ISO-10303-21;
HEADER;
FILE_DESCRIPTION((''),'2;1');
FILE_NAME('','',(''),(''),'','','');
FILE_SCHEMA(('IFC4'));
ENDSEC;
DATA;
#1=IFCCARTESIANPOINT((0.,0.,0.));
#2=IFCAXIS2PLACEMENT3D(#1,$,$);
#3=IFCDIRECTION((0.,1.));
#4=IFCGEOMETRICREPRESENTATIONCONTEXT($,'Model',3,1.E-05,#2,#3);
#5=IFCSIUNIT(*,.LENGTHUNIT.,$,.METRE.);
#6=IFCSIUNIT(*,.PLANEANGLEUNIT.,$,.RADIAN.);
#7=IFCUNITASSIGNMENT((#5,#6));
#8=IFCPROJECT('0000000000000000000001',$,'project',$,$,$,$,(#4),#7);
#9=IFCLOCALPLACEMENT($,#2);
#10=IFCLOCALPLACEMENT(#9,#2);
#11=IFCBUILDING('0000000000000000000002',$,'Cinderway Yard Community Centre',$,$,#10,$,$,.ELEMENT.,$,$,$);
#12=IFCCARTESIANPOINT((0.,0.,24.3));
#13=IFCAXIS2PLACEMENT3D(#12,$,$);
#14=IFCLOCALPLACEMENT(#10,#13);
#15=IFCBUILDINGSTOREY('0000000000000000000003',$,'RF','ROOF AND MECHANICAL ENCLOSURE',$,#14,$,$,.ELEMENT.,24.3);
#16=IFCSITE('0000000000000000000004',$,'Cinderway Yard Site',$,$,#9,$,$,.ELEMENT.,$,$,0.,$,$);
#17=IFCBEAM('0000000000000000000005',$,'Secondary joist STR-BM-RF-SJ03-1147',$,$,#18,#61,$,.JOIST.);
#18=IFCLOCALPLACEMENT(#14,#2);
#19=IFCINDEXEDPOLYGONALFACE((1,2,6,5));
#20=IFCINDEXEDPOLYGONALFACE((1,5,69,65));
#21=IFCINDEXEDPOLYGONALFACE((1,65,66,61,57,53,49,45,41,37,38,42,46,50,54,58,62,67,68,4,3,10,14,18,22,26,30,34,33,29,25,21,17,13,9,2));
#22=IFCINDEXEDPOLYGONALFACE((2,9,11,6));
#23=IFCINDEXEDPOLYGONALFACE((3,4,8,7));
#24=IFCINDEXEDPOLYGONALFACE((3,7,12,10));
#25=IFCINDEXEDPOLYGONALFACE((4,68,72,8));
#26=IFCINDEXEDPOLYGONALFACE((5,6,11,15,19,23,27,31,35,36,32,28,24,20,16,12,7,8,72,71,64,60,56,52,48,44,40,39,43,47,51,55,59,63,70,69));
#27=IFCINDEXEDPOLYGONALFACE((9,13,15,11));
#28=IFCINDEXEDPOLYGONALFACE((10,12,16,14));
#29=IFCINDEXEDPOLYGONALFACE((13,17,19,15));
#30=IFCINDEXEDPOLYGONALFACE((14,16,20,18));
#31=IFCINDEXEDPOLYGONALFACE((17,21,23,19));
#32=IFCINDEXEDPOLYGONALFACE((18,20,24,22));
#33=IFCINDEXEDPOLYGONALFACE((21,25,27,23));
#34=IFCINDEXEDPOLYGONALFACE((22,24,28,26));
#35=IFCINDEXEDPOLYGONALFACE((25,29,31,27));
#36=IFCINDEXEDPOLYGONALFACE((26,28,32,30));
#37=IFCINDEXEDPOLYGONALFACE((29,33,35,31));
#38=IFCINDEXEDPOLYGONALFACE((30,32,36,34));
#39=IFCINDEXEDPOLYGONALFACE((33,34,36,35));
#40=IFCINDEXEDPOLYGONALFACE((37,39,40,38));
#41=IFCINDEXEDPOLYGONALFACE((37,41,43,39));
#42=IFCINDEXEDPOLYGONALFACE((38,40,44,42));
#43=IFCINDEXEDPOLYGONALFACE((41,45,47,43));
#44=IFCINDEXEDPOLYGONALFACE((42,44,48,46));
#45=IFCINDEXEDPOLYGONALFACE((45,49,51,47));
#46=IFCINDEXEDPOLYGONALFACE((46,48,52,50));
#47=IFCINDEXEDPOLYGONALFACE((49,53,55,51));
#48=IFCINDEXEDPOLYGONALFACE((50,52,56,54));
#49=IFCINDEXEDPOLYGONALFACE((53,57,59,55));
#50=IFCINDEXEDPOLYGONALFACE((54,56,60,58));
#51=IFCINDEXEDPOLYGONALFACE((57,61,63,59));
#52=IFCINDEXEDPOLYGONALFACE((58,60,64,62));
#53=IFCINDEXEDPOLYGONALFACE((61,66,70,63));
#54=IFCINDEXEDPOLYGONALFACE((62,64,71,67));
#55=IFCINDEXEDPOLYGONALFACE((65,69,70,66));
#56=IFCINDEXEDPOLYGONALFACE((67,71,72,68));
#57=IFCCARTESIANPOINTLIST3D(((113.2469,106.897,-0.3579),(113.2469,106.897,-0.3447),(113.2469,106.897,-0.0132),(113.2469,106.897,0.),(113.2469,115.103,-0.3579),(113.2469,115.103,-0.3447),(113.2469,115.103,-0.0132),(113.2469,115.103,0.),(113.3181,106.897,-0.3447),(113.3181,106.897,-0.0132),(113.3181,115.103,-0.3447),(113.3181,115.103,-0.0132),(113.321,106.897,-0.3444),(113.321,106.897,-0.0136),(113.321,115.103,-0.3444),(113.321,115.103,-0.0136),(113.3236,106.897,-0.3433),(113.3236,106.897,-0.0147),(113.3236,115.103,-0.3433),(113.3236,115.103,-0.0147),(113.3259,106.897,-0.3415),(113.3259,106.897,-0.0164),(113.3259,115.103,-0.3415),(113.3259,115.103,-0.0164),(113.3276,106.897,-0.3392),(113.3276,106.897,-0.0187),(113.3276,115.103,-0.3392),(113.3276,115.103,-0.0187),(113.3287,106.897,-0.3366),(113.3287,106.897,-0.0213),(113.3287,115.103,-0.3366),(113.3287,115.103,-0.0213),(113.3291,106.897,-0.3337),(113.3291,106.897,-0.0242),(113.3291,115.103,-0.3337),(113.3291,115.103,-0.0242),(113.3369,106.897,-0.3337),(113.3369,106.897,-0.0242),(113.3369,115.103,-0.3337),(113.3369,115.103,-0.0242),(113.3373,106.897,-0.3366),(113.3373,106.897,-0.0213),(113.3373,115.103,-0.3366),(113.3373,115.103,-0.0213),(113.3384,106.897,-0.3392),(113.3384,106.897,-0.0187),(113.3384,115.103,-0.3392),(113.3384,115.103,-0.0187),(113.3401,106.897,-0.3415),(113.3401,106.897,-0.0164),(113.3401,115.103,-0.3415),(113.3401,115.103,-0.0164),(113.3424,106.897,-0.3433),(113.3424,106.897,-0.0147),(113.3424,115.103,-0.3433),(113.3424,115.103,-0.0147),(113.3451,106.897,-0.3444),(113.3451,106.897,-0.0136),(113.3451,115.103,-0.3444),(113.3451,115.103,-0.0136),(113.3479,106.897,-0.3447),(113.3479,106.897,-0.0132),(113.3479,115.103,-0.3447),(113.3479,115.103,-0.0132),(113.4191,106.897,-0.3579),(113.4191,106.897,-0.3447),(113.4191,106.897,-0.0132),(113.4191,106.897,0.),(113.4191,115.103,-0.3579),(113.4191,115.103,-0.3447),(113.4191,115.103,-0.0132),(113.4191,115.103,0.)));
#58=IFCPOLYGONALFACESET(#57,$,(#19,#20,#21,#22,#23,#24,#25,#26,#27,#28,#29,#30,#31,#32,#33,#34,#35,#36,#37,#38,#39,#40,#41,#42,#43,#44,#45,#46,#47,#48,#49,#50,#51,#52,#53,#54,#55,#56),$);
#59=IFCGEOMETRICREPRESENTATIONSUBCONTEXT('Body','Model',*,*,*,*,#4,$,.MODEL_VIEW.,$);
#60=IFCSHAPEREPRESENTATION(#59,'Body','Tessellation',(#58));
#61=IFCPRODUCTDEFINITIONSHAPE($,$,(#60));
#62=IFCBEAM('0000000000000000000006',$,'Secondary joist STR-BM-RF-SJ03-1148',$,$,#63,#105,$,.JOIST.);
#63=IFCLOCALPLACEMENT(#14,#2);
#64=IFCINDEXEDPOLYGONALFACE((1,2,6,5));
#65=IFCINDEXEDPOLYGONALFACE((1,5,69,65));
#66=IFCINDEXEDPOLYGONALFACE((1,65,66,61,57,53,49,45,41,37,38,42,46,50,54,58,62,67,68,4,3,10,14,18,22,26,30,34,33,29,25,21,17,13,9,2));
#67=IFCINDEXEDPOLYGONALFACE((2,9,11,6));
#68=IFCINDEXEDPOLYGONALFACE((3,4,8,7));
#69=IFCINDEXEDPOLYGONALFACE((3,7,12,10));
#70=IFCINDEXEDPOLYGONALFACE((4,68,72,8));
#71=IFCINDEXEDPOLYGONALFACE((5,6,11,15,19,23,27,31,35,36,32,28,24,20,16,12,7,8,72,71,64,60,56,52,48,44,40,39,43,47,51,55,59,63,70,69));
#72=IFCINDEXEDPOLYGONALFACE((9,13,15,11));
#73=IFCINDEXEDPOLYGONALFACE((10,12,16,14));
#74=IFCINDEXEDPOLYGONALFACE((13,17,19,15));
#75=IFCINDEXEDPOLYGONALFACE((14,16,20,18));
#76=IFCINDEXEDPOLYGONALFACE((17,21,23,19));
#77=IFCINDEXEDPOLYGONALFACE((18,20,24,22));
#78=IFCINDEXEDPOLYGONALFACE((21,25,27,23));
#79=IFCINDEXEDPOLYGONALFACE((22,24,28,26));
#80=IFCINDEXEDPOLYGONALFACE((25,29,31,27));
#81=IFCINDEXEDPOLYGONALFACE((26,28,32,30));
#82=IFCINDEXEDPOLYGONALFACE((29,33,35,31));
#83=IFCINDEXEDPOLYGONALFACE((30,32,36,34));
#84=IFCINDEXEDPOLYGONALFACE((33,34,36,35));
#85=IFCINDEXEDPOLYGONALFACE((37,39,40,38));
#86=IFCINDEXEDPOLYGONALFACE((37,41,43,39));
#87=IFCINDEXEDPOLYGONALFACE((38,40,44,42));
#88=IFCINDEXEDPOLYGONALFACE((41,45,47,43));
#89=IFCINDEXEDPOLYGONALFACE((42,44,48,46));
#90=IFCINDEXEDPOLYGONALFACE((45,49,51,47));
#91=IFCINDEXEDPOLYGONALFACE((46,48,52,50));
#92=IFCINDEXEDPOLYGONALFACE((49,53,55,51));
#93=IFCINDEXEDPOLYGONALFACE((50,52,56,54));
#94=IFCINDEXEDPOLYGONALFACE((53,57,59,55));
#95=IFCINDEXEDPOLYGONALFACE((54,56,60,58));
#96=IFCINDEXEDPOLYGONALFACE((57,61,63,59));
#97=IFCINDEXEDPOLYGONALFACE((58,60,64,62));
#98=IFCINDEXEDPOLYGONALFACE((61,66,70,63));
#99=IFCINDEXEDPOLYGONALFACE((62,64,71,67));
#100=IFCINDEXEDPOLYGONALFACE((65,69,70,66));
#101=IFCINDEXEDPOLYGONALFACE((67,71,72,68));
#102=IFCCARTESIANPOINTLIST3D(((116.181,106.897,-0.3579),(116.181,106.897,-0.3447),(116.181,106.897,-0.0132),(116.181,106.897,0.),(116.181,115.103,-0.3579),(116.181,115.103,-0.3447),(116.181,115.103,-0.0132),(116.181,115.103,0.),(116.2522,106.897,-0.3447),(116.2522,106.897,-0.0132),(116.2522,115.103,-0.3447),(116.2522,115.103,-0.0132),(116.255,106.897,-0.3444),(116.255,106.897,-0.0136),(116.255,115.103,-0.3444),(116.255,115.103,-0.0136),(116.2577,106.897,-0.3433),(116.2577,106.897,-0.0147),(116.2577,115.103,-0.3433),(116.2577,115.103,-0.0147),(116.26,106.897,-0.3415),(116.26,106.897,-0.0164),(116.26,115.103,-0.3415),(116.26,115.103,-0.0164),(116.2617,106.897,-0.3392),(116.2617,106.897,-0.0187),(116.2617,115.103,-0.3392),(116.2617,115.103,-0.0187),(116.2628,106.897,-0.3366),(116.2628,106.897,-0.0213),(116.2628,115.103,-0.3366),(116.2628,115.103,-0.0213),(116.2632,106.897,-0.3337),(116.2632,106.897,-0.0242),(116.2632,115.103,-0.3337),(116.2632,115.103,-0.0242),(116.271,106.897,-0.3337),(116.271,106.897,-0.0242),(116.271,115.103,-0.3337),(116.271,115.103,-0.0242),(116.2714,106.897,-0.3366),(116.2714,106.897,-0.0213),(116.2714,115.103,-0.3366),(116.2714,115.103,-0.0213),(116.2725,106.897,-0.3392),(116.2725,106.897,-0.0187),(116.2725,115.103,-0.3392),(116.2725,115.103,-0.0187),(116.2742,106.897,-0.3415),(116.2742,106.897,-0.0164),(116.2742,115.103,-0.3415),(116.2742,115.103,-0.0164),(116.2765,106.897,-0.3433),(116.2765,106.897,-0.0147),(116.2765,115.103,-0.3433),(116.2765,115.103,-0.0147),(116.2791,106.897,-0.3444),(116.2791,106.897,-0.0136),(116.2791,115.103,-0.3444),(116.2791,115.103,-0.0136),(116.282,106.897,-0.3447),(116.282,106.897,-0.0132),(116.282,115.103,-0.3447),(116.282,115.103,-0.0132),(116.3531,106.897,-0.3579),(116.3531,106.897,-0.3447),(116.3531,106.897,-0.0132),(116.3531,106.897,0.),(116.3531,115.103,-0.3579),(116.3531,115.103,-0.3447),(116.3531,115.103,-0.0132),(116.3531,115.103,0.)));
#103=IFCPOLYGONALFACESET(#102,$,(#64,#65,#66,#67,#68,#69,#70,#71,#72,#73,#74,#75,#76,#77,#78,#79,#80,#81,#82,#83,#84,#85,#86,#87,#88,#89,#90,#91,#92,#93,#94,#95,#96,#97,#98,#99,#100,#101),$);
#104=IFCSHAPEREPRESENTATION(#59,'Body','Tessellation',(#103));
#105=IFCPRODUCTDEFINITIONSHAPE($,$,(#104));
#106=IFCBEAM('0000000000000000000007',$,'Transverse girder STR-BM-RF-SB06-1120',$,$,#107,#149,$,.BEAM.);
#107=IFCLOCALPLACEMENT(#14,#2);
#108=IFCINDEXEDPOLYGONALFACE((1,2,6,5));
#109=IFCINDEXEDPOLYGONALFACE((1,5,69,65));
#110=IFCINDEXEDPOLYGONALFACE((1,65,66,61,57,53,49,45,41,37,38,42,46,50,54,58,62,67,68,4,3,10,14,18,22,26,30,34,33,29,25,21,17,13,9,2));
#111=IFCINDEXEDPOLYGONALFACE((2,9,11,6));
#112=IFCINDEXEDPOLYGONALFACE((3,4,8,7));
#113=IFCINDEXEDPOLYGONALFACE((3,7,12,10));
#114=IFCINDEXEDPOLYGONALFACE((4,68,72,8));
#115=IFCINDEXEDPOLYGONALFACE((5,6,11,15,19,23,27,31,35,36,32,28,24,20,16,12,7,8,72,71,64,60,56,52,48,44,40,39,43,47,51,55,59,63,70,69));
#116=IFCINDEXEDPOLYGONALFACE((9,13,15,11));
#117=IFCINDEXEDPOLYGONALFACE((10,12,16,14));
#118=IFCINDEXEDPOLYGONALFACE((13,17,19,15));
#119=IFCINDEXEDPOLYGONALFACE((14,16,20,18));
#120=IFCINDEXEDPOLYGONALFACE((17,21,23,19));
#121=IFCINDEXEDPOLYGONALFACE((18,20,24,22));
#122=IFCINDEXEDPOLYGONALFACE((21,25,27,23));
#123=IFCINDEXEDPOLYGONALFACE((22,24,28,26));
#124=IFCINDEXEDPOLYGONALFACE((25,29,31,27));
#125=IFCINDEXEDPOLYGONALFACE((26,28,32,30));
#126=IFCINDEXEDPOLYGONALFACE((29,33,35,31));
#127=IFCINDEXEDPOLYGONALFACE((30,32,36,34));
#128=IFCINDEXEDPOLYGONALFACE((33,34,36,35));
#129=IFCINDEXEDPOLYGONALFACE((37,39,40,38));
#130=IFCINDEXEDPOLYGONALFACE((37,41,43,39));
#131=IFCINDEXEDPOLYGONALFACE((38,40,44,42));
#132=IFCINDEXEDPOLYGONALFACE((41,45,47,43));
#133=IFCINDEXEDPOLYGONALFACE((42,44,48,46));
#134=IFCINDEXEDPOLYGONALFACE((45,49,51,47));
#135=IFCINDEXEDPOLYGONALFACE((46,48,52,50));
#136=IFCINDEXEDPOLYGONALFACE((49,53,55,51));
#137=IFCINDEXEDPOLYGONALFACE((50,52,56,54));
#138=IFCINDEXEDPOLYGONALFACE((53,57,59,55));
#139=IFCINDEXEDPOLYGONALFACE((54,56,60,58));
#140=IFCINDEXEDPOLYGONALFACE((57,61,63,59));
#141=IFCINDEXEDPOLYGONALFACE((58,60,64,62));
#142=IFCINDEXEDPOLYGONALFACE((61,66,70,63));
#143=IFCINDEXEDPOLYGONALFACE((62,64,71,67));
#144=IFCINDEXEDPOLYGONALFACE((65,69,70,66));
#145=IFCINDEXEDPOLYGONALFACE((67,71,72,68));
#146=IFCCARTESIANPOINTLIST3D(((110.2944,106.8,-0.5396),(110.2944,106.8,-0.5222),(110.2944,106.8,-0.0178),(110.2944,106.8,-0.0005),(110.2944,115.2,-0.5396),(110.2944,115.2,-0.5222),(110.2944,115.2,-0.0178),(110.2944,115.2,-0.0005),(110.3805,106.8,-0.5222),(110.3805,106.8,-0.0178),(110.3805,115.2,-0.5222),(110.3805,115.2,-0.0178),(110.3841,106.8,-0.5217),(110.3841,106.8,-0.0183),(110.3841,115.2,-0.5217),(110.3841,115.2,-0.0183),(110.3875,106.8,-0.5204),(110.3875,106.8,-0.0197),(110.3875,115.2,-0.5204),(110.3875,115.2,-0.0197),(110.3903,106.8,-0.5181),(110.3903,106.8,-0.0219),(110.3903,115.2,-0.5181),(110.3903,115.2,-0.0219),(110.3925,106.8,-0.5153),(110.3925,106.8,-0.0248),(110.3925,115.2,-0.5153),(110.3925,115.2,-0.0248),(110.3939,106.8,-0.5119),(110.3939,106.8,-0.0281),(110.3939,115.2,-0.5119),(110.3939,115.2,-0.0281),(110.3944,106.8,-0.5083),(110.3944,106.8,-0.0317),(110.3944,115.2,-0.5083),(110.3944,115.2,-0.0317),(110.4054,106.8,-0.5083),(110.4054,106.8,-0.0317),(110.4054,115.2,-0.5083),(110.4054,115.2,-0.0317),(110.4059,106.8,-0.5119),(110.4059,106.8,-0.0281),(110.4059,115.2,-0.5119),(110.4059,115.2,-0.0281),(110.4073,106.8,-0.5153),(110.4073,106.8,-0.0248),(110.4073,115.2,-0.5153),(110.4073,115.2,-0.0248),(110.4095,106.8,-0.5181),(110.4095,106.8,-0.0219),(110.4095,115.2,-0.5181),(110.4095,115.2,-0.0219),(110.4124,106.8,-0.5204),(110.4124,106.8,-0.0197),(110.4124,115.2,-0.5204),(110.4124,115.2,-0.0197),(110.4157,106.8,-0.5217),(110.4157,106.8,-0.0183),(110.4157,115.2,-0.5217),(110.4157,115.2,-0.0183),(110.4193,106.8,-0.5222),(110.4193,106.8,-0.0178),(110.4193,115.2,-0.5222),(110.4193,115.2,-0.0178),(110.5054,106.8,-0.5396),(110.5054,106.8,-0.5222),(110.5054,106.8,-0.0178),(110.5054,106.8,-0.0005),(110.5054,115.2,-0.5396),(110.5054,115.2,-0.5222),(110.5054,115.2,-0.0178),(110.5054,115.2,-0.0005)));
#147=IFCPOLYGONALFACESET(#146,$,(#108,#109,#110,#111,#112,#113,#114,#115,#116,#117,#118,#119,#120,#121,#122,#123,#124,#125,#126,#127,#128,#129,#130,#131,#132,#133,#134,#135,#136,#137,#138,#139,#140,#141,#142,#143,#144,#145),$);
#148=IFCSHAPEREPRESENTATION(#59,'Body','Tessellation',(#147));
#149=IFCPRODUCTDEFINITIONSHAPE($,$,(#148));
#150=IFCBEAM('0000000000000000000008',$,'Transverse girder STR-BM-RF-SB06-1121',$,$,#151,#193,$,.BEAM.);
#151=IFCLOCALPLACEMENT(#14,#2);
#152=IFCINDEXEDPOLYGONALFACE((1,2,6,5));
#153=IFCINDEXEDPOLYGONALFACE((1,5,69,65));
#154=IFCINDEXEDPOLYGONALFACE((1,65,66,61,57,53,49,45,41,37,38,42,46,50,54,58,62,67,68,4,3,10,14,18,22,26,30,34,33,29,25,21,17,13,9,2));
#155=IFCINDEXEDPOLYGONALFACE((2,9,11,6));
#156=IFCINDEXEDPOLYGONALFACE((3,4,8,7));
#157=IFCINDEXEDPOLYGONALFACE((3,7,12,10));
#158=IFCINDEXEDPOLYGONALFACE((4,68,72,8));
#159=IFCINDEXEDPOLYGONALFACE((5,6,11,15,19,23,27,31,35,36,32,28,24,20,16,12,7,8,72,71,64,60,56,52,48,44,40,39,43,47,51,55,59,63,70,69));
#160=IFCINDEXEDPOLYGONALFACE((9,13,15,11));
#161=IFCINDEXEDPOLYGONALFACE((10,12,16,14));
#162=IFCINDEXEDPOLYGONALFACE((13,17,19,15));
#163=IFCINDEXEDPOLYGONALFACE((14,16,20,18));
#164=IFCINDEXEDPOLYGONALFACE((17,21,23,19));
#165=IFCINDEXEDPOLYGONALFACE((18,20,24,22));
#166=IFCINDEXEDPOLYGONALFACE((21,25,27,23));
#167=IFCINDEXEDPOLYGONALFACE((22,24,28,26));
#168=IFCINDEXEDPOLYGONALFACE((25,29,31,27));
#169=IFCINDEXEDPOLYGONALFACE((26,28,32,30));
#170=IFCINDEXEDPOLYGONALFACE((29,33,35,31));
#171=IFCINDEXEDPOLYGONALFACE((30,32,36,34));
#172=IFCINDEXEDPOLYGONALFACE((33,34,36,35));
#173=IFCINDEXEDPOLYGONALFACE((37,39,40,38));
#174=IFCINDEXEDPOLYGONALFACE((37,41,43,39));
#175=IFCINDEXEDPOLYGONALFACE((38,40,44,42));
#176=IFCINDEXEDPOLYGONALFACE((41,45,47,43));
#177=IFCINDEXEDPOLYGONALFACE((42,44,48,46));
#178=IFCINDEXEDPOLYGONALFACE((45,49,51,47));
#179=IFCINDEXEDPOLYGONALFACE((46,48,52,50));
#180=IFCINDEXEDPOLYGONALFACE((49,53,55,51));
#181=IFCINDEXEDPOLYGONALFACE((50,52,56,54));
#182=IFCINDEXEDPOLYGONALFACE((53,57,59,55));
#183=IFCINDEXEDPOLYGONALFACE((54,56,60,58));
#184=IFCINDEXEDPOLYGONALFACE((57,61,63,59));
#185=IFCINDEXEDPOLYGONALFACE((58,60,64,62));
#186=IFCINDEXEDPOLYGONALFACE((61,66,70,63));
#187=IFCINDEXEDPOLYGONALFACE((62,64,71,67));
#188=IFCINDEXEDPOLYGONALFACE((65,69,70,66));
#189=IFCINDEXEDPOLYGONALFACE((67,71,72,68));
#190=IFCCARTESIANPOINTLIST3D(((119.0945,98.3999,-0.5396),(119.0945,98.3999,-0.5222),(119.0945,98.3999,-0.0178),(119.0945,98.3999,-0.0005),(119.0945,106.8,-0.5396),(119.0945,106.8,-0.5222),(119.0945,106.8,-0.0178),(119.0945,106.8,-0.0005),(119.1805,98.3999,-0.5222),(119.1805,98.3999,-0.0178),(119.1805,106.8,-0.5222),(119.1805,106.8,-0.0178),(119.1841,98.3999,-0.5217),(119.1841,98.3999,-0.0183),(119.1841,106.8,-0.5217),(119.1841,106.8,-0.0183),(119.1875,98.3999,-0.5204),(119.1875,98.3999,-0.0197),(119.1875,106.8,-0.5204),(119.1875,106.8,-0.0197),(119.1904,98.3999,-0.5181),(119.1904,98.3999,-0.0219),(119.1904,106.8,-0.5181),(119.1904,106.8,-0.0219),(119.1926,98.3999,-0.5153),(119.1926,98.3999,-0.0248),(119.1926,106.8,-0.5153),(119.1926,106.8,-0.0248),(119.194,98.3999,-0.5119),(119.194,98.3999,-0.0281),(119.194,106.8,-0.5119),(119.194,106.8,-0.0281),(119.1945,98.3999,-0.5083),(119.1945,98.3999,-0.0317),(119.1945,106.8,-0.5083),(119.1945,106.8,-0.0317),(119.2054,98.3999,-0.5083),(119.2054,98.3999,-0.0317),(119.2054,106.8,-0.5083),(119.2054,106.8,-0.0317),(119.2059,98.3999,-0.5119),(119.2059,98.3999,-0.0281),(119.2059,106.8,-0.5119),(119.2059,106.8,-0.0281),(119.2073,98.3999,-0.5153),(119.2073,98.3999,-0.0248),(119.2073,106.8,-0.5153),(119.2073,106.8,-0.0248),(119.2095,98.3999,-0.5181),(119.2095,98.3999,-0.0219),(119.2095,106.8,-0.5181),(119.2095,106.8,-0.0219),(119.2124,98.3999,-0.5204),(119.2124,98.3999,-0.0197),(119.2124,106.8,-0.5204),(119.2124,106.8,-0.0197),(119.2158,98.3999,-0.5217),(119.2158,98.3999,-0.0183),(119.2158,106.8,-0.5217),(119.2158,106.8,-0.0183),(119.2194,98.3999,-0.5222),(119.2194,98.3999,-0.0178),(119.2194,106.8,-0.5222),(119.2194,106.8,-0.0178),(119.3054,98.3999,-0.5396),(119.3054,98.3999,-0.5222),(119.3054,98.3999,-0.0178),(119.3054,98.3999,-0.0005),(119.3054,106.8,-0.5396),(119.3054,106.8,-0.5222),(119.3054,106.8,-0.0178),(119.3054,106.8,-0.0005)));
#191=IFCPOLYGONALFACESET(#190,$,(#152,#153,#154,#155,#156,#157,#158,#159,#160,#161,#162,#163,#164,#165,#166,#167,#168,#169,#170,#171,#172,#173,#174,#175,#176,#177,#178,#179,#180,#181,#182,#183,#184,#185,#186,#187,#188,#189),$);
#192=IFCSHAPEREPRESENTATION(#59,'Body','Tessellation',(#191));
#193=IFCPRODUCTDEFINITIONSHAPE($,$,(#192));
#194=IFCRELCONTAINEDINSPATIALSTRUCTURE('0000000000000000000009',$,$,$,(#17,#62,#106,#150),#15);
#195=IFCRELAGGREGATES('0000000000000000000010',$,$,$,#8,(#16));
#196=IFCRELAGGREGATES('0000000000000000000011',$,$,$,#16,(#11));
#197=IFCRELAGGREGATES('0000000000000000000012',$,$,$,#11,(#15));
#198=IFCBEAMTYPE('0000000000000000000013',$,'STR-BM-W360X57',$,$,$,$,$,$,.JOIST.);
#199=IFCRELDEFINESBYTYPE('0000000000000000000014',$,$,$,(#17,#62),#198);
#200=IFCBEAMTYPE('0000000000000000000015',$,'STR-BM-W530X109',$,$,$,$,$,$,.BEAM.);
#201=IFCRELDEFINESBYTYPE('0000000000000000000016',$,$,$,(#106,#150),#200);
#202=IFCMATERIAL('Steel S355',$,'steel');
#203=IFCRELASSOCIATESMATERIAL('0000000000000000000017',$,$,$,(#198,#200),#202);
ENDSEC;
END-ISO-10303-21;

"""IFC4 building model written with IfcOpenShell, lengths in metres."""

from ifc_helpers import new_model, si_unit, direction, frame, origin, origin_2d, place, context, subcontext, project, spatial, i_section, extrude, material, material_profile, profile_set, type_object, element, save


model = new_model("IFC4")

# Units and contexts
model_context = context("Model", 3, precision=1e-05, world=origin(), true_north=direction((0.0, 1.0)))
body_context = subcontext(model_context, "Body", "Model", "MODEL_VIEW")
ifc_project = project(units=[si_unit("LENGTHUNIT", "METRE"), si_unit("PLANEANGLEUNIT", "RADIAN")], contexts=[model_context])

# Site, building, storey
site_placement = place(None, origin())
site = spatial("IfcSite", under=ifc_project, at=site_placement, Name="Cinderway Yard Site", CompositionType="ELEMENT", RefElevation=0.0)
building_placement = place(site_placement, origin())
building = spatial("IfcBuilding", under=site, at=building_placement, Name="Cinderway Yard Community Centre", CompositionType="ELEMENT")
storey_placement = place(building_placement, frame((0.0, 0.0, 24.3)))
storey = spatial("IfcBuildingStorey", under=building, at=storey_placement, Name="RF", Description="ROOF AND MECHANICAL ENCLOSURE", CompositionType="ELEMENT", Elevation=24.3)

# Shared definitions
ifc_material = material(Name="Steel S355", Category="steel")

# Beams
ifc_material_profile_1 = material_profile(ifc_material, i_section(OverallWidth=0.1721, OverallDepth=0.3579, WebThickness=0.0078, FlangeThickness=0.0132, FilletRadius=0.011, at=origin_2d()), Name="Steel S355")
ifc_profile_set_1 = profile_set([ifc_material_profile_1], Name="Steel S355")
beam_type_1 = type_object("IfcBeamType", Name="STR-BM-W360X57", PredefinedType="JOIST", material=ifc_profile_set_1)
for number, where, z_axis, x_axis, name in (
    (1, (113.333, 106.897, -0.179), (0.0, 1.0, 0.0), (-1.0, 0.0, 0.0), "Secondary joist STR-BM-RF-SJ03-1147"),
    (2, (116.2671, 106.897, -0.179), (0.0, 1.0, 0.0), (-1.0, 0.0, 0.0), "Secondary joist STR-BM-RF-SJ03-1148"),
):
    element("IfcBeam", number, at=place(storey_placement, frame(where, z_axis=z_axis, x_axis=x_axis)), inside=storey, type_object=beam_type_1, Name=name, PredefinedType="JOIST", context=body_context, shape_type="SweptSolid", body=[
        extrude(i_section(OverallWidth=0.1721, OverallDepth=0.3579, WebThickness=0.0078, FlangeThickness=0.0132, FilletRadius=0.011, at=origin_2d()), origin(), (0.0, 0.0, 1.0), 8.2061),
    ])
ifc_material_profile_2 = material_profile(ifc_material, i_section(OverallWidth=0.2109, OverallDepth=0.5391, WebThickness=0.011, FlangeThickness=0.0173, FilletRadius=0.0139, at=origin_2d()), Name="Steel S355")
ifc_profile_set_2 = profile_set([ifc_material_profile_2], Name="Steel S355")
beam_type_2 = type_object("IfcBeamType", Name="STR-BM-W530X109", PredefinedType="BEAM", material=ifc_profile_set_2)
beam_1_placement = place(storey_placement, frame((110.3999, 106.8, -0.27), z_axis=(0.0, 1.0, 0.0), x_axis=(-1.0, 0.0, 0.0)))
element("IfcBeam", 3, at=beam_1_placement, inside=storey, type_object=beam_type_2, Name="Transverse girder STR-BM-RF-SB06-1120", PredefinedType="BEAM", context=body_context, shape_type="SweptSolid", body=[
    extrude(i_section(OverallWidth=0.2109, OverallDepth=0.5391, WebThickness=0.011, FlangeThickness=0.0173, FilletRadius=0.0139, at=origin_2d()), origin(), (0.0, 0.0, 1.0), 8.3999),
])
beam_2_placement = place(storey_placement, frame((119.2, 98.3999, -0.27), z_axis=(0.0, 1.0, 0.0), x_axis=(-1.0, 0.0, 0.0)))
element("IfcBeam", 4, at=beam_2_placement, inside=storey, type_object=beam_type_2, Name="Transverse girder STR-BM-RF-SB06-1121", PredefinedType="BEAM", context=body_context, shape_type="SweptSolid", body=[
    extrude(i_section(OverallWidth=0.2109, OverallDepth=0.5391, WebThickness=0.011, FlangeThickness=0.0173, FilletRadius=0.0139, at=origin_2d()), origin(), (0.0, 0.0, 1.0), 8.4001),
])

save(model, "model.ifc")
